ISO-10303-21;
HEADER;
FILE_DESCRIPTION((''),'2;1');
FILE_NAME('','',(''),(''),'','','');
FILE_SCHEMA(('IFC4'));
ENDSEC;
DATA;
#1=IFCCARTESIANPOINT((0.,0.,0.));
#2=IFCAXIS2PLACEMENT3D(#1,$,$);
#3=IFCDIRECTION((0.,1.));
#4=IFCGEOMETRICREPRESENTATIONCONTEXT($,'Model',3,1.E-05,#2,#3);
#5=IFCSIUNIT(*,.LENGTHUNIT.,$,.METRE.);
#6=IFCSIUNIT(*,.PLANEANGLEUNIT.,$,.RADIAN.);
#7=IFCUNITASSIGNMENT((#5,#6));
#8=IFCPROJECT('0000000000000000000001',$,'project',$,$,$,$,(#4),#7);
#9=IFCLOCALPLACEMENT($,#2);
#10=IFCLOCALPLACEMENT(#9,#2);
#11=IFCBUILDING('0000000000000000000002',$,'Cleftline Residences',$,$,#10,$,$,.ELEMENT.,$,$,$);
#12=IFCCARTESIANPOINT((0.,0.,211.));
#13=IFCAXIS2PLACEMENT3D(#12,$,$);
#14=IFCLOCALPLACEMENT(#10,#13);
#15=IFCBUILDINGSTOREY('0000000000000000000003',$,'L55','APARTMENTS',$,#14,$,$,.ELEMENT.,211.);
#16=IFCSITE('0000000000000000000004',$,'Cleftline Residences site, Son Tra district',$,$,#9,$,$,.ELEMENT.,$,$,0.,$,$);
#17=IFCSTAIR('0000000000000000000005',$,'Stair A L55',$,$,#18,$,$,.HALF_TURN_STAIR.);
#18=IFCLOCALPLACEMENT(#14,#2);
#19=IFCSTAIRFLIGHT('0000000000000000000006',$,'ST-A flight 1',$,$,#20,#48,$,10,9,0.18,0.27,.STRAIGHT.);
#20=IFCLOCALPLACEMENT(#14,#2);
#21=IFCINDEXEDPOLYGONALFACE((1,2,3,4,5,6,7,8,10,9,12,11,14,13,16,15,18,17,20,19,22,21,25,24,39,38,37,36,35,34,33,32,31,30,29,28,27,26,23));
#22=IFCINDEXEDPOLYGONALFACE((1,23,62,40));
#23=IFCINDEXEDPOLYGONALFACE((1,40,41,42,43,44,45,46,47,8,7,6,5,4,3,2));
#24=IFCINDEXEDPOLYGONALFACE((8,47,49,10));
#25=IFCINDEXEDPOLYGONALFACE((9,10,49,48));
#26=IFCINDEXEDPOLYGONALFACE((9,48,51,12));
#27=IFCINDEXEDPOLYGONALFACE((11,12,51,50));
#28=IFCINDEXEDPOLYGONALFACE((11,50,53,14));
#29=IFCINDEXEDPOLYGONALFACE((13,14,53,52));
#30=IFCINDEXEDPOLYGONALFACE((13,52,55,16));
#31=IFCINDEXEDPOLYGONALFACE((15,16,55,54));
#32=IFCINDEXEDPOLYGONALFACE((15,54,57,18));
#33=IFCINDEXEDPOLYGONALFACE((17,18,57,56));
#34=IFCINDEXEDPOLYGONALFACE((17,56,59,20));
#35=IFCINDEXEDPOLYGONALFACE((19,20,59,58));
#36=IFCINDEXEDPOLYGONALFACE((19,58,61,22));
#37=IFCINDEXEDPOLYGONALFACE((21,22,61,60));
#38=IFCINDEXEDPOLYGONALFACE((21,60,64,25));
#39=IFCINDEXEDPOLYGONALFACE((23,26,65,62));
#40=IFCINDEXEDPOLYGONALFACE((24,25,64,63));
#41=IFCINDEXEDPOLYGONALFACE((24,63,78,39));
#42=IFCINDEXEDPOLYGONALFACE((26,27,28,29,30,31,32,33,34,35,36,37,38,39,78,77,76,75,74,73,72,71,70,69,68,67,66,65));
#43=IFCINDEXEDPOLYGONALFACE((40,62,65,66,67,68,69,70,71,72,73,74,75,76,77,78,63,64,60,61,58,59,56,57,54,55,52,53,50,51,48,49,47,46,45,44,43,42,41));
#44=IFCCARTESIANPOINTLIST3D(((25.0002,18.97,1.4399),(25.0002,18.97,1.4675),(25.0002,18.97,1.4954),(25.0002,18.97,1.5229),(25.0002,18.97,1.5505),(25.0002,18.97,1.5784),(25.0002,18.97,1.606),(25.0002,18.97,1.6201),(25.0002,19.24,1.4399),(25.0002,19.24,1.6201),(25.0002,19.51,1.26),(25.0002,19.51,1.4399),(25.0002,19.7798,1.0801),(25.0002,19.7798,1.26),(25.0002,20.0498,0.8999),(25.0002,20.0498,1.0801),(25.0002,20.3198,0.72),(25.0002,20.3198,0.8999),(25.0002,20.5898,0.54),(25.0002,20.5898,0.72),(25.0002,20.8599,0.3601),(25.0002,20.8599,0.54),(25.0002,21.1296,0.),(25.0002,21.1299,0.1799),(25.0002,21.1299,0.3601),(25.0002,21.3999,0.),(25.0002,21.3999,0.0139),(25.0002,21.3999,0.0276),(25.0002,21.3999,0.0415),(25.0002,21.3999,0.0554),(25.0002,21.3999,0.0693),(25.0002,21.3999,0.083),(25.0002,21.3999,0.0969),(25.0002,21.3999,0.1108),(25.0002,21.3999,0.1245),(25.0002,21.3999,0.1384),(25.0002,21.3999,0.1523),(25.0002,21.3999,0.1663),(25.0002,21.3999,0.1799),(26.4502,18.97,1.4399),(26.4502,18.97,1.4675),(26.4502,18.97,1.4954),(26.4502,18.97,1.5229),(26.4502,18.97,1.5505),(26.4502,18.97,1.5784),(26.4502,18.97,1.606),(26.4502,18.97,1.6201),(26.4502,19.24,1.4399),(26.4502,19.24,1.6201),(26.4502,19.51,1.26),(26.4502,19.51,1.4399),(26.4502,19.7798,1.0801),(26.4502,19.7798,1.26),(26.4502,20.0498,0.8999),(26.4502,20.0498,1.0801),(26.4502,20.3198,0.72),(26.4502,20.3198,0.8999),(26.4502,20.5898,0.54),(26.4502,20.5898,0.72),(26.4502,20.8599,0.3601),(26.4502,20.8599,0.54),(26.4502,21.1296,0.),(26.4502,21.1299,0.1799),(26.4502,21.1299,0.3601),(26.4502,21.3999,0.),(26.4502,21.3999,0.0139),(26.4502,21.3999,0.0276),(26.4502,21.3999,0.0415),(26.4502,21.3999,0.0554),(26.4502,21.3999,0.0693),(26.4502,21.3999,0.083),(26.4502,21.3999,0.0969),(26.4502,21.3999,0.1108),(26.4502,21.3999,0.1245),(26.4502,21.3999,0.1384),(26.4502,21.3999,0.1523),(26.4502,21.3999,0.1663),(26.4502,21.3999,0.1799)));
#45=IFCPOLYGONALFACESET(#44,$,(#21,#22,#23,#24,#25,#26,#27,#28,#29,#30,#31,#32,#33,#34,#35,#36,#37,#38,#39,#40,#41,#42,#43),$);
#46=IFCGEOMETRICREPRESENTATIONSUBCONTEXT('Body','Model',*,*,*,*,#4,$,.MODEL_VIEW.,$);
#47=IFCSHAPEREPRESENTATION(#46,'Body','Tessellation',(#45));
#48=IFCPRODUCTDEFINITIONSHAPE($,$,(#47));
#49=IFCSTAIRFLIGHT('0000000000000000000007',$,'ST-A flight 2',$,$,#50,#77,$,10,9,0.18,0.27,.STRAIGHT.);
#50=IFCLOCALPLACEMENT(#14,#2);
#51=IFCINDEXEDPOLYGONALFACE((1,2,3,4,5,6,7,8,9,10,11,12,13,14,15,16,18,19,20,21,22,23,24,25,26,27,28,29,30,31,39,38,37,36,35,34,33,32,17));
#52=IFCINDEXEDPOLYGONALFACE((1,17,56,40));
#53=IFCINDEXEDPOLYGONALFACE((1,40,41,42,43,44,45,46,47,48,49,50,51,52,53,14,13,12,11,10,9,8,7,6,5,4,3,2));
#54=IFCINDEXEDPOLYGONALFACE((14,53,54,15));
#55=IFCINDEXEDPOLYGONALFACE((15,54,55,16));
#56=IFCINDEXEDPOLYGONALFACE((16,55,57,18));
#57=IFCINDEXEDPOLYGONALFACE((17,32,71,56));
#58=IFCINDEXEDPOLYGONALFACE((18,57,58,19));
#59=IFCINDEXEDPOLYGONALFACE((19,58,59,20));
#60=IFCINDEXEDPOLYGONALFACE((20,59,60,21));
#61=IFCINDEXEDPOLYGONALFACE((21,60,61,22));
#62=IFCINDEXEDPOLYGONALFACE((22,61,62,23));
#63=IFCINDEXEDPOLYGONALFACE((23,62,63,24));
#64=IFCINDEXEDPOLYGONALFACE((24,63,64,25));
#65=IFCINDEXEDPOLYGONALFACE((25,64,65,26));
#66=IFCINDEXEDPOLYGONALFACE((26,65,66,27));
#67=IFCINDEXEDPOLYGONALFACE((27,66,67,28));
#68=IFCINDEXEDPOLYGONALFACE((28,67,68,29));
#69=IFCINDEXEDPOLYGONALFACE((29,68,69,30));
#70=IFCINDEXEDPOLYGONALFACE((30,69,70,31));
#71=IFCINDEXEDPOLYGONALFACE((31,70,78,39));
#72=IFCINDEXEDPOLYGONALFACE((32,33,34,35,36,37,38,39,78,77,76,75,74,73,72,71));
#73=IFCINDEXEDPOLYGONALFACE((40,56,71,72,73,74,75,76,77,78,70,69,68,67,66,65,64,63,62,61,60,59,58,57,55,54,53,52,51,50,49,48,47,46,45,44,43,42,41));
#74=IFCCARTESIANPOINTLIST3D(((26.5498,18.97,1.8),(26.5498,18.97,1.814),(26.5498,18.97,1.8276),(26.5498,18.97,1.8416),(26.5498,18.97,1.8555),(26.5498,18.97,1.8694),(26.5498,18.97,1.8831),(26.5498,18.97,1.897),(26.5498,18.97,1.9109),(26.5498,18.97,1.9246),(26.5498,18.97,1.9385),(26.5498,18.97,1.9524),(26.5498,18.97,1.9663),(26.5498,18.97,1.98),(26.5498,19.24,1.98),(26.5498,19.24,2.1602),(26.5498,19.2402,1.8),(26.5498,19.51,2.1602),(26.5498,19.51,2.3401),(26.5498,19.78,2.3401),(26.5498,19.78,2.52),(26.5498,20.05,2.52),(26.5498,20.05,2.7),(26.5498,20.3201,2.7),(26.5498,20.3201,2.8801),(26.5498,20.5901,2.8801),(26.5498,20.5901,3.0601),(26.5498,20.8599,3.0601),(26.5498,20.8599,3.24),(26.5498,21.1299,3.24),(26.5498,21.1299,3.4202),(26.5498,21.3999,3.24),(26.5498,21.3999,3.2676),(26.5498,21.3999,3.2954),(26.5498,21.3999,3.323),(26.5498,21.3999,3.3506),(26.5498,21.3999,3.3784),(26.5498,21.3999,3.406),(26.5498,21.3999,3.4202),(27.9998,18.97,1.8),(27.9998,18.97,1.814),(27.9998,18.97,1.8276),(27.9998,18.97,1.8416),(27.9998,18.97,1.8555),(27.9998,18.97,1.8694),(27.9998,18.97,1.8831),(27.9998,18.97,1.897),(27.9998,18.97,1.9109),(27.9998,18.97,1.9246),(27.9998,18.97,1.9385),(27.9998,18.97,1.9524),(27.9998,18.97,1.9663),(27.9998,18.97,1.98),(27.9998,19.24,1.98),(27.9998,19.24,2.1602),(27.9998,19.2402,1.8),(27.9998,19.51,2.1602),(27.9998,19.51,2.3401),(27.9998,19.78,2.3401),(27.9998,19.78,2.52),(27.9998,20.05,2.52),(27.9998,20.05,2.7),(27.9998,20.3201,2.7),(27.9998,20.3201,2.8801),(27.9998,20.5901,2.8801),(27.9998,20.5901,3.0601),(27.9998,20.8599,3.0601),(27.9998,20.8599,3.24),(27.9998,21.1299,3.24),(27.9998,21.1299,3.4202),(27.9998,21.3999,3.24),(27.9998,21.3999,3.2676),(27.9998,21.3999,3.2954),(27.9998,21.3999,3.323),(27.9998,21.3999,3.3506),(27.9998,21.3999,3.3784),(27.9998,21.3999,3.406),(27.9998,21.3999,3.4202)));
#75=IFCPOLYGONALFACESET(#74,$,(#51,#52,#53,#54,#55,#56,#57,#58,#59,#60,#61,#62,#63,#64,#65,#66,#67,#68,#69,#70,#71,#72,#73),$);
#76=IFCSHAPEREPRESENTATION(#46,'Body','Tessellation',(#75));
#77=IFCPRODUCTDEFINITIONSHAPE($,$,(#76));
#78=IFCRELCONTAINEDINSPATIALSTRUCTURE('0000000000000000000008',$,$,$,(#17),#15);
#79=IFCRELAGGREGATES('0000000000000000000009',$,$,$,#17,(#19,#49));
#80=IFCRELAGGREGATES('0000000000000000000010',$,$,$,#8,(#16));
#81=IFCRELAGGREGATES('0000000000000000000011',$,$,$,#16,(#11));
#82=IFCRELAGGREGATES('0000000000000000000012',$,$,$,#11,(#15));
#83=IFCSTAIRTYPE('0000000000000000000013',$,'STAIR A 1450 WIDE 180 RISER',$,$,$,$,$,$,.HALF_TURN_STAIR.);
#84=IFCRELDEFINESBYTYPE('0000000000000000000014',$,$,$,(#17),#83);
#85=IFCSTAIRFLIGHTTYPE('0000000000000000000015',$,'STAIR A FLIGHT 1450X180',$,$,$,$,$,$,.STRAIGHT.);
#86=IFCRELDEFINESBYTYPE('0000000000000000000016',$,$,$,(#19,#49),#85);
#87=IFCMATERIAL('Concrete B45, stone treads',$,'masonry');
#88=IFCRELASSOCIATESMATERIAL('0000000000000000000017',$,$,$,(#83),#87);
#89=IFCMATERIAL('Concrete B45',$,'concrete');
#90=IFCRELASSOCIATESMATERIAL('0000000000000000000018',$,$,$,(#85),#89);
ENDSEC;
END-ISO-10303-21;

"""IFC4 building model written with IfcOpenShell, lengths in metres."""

from ifc_helpers import new_model, si_unit, direction, frame, origin, place, context, subcontext, project, spatial, polyline, outline, extrude, material, type_object, element, aggregate, save


model = new_model("IFC4")

# Units and contexts
model_context = context("Model", 3, precision=1e-05, world=origin(), true_north=direction((0.0, 1.0)))
body_context = subcontext(model_context, "Body", "Model", "MODEL_VIEW")
ifc_project = project(units=[si_unit("LENGTHUNIT", "METRE"), si_unit("PLANEANGLEUNIT", "RADIAN")], contexts=[model_context])

# Site, building, storey
site_placement = place(None, origin())
site = spatial("IfcSite", under=ifc_project, at=site_placement, Name="Cleftline Residences site, Son Tra district", CompositionType="ELEMENT", RefElevation=0.0)
building_placement = place(site_placement, origin())
building = spatial("IfcBuilding", under=site, at=building_placement, Name="Cleftline Residences", CompositionType="ELEMENT")
storey_placement = place(building_placement, frame((0.0, 0.0, 211.0)))
storey = spatial("IfcBuildingStorey", under=building, at=storey_placement, Name="L55", Description="APARTMENTS", CompositionType="ELEMENT", Elevation=211.0)

# Stair, stair flights
ifc_material_1 = material(Name="Concrete B45, stone treads", Category="masonry")
stair_type = type_object("IfcStairType", Name="STAIR A 1450 WIDE 180 RISER", PredefinedType="HALF_TURN_STAIR", material=ifc_material_1)
stair_placement = place(storey_placement, origin())
stair = element("IfcStair", 1, at=stair_placement, inside=storey, type_object=stair_type, Name="Stair A L55", PredefinedType="HALF_TURN_STAIR")
ifc_material_2 = material(Name="Concrete B45", Category="concrete")
stair_flight_type = type_object("IfcStairFlightType", Name="STAIR A FLIGHT 1450X180", PredefinedType="STRAIGHT", material=ifc_material_2)
stair_flight_1_placement = place(storey_placement, frame((25.7251, 21.3999, 0.0), z_axis=(0.0, 0.0, 1.0), x_axis=(0.0, -1.0, 0.0)))
stair_flight_1 = element("IfcStairFlight", 2, at=stair_flight_1_placement, type_object=stair_flight_type, Name="ST-A flight 1", NumberOfRisers=10, NumberOfTreads=9, PredefinedType="STRAIGHT", RiserHeight=0.18, TreadLength=0.27, context=body_context, shape_type="SweptSolid", body=[
    extrude(outline(polyline([(0.0, 0.0), (0.0, 0.0139), (0.0, 0.0276), (0.0, 0.0415), (0.0, 0.0554), (0.0, 0.0693), (0.0, 0.083), (0.0, 0.0969), (0.0, 0.1108), (0.0, 0.1245), (0.0, 0.1384), (0.0, 0.1523), (0.0, 0.1663), (0.0, 0.1799), (0.27, 0.1799), (0.27, 0.3601), (0.54, 0.3601), (0.54, 0.54), (0.8101, 0.54), (0.8101, 0.72), (1.0801, 0.72), (1.0801, 0.8999), (1.3501, 0.8999), (1.3501, 1.0801), (1.6201, 1.0801), (1.6201, 1.26), (1.8899, 1.26), (1.8899, 1.4399), (2.1599, 1.4399), (2.1599, 1.6201), (2.4299, 1.6201), (2.4299, 1.8), (2.4299, 1.7722), (2.4299, 1.7446), (2.4299, 1.7168), (2.4299, 1.6892), (2.4299, 1.6614), (2.4299, 1.6338), (2.4299, 1.606), (2.4299, 1.5784), (2.4299, 1.5505), (2.4299, 1.5229), (2.4299, 1.4954), (2.4299, 1.4675), (2.4299, 1.4399), (0.2703, 0.0), (0.0, 0.0)])), frame((0.0, 0.7251, 0.0), z_axis=(0.0, -1.0, 0.0), x_axis=(1.0, 0.0, 0.0)), (0.0, 0.0, 1.0), 1.45),
])
stair_flight_2_placement = place(storey_placement, frame((27.2749, 18.97, 1.8), z_axis=(0.0, 0.0, 1.0), x_axis=(0.0, 1.0, 0.0)))
stair_flight_2 = element("IfcStairFlight", 3, at=stair_flight_2_placement, type_object=stair_flight_type, Name="ST-A flight 2", NumberOfRisers=10, NumberOfTreads=9, PredefinedType="STRAIGHT", RiserHeight=0.18, TreadLength=0.27, context=body_context, shape_type="SweptSolid", body=[
    extrude(outline(polyline([(0.0, 0.0), (0.0, 0.0139), (0.0, 0.0276), (0.0, 0.0415), (0.0, 0.0554), (0.0, 0.0693), (0.0, 0.083), (0.0, 0.0969), (0.0, 0.1108), (0.0, 0.1245), (0.0, 0.1384), (0.0, 0.1523), (0.0, 0.1663), (0.0, 0.1799), (0.27, 0.1799), (0.27, 0.3601), (0.54, 0.3601), (0.54, 0.54), (0.8101, 0.54), (0.8101, 0.72), (1.0801, 0.72), (1.0801, 0.8999), (1.3501, 0.8999), (1.3501, 1.0801), (1.6201, 1.0801), (1.6201, 1.26), (1.8899, 1.26), (1.8899, 1.4399), (2.1599, 1.4399), (2.1599, 1.6201), (2.4299, 1.6201), (2.4299, 1.8), (2.4299, 1.7722), (2.4299, 1.7446), (2.4299, 1.7168), (2.4299, 1.6892), (2.4299, 1.6614), (2.4299, 1.6338), (2.4299, 1.606), (2.4299, 1.5784), (2.4299, 1.5505), (2.4299, 1.5229), (2.4299, 1.4954), (2.4299, 1.4675), (2.4299, 1.4399), (0.2703, 0.0), (0.0, 0.0)])), frame((0.0, 0.7251, 0.0), z_axis=(0.0, -1.0, 0.0), x_axis=(1.0, 0.0, 0.0)), (0.0, 0.0, 1.0), 1.45),
])
aggregate(stair, [stair_flight_1, stair_flight_2])

save(model, "model.ifc")
